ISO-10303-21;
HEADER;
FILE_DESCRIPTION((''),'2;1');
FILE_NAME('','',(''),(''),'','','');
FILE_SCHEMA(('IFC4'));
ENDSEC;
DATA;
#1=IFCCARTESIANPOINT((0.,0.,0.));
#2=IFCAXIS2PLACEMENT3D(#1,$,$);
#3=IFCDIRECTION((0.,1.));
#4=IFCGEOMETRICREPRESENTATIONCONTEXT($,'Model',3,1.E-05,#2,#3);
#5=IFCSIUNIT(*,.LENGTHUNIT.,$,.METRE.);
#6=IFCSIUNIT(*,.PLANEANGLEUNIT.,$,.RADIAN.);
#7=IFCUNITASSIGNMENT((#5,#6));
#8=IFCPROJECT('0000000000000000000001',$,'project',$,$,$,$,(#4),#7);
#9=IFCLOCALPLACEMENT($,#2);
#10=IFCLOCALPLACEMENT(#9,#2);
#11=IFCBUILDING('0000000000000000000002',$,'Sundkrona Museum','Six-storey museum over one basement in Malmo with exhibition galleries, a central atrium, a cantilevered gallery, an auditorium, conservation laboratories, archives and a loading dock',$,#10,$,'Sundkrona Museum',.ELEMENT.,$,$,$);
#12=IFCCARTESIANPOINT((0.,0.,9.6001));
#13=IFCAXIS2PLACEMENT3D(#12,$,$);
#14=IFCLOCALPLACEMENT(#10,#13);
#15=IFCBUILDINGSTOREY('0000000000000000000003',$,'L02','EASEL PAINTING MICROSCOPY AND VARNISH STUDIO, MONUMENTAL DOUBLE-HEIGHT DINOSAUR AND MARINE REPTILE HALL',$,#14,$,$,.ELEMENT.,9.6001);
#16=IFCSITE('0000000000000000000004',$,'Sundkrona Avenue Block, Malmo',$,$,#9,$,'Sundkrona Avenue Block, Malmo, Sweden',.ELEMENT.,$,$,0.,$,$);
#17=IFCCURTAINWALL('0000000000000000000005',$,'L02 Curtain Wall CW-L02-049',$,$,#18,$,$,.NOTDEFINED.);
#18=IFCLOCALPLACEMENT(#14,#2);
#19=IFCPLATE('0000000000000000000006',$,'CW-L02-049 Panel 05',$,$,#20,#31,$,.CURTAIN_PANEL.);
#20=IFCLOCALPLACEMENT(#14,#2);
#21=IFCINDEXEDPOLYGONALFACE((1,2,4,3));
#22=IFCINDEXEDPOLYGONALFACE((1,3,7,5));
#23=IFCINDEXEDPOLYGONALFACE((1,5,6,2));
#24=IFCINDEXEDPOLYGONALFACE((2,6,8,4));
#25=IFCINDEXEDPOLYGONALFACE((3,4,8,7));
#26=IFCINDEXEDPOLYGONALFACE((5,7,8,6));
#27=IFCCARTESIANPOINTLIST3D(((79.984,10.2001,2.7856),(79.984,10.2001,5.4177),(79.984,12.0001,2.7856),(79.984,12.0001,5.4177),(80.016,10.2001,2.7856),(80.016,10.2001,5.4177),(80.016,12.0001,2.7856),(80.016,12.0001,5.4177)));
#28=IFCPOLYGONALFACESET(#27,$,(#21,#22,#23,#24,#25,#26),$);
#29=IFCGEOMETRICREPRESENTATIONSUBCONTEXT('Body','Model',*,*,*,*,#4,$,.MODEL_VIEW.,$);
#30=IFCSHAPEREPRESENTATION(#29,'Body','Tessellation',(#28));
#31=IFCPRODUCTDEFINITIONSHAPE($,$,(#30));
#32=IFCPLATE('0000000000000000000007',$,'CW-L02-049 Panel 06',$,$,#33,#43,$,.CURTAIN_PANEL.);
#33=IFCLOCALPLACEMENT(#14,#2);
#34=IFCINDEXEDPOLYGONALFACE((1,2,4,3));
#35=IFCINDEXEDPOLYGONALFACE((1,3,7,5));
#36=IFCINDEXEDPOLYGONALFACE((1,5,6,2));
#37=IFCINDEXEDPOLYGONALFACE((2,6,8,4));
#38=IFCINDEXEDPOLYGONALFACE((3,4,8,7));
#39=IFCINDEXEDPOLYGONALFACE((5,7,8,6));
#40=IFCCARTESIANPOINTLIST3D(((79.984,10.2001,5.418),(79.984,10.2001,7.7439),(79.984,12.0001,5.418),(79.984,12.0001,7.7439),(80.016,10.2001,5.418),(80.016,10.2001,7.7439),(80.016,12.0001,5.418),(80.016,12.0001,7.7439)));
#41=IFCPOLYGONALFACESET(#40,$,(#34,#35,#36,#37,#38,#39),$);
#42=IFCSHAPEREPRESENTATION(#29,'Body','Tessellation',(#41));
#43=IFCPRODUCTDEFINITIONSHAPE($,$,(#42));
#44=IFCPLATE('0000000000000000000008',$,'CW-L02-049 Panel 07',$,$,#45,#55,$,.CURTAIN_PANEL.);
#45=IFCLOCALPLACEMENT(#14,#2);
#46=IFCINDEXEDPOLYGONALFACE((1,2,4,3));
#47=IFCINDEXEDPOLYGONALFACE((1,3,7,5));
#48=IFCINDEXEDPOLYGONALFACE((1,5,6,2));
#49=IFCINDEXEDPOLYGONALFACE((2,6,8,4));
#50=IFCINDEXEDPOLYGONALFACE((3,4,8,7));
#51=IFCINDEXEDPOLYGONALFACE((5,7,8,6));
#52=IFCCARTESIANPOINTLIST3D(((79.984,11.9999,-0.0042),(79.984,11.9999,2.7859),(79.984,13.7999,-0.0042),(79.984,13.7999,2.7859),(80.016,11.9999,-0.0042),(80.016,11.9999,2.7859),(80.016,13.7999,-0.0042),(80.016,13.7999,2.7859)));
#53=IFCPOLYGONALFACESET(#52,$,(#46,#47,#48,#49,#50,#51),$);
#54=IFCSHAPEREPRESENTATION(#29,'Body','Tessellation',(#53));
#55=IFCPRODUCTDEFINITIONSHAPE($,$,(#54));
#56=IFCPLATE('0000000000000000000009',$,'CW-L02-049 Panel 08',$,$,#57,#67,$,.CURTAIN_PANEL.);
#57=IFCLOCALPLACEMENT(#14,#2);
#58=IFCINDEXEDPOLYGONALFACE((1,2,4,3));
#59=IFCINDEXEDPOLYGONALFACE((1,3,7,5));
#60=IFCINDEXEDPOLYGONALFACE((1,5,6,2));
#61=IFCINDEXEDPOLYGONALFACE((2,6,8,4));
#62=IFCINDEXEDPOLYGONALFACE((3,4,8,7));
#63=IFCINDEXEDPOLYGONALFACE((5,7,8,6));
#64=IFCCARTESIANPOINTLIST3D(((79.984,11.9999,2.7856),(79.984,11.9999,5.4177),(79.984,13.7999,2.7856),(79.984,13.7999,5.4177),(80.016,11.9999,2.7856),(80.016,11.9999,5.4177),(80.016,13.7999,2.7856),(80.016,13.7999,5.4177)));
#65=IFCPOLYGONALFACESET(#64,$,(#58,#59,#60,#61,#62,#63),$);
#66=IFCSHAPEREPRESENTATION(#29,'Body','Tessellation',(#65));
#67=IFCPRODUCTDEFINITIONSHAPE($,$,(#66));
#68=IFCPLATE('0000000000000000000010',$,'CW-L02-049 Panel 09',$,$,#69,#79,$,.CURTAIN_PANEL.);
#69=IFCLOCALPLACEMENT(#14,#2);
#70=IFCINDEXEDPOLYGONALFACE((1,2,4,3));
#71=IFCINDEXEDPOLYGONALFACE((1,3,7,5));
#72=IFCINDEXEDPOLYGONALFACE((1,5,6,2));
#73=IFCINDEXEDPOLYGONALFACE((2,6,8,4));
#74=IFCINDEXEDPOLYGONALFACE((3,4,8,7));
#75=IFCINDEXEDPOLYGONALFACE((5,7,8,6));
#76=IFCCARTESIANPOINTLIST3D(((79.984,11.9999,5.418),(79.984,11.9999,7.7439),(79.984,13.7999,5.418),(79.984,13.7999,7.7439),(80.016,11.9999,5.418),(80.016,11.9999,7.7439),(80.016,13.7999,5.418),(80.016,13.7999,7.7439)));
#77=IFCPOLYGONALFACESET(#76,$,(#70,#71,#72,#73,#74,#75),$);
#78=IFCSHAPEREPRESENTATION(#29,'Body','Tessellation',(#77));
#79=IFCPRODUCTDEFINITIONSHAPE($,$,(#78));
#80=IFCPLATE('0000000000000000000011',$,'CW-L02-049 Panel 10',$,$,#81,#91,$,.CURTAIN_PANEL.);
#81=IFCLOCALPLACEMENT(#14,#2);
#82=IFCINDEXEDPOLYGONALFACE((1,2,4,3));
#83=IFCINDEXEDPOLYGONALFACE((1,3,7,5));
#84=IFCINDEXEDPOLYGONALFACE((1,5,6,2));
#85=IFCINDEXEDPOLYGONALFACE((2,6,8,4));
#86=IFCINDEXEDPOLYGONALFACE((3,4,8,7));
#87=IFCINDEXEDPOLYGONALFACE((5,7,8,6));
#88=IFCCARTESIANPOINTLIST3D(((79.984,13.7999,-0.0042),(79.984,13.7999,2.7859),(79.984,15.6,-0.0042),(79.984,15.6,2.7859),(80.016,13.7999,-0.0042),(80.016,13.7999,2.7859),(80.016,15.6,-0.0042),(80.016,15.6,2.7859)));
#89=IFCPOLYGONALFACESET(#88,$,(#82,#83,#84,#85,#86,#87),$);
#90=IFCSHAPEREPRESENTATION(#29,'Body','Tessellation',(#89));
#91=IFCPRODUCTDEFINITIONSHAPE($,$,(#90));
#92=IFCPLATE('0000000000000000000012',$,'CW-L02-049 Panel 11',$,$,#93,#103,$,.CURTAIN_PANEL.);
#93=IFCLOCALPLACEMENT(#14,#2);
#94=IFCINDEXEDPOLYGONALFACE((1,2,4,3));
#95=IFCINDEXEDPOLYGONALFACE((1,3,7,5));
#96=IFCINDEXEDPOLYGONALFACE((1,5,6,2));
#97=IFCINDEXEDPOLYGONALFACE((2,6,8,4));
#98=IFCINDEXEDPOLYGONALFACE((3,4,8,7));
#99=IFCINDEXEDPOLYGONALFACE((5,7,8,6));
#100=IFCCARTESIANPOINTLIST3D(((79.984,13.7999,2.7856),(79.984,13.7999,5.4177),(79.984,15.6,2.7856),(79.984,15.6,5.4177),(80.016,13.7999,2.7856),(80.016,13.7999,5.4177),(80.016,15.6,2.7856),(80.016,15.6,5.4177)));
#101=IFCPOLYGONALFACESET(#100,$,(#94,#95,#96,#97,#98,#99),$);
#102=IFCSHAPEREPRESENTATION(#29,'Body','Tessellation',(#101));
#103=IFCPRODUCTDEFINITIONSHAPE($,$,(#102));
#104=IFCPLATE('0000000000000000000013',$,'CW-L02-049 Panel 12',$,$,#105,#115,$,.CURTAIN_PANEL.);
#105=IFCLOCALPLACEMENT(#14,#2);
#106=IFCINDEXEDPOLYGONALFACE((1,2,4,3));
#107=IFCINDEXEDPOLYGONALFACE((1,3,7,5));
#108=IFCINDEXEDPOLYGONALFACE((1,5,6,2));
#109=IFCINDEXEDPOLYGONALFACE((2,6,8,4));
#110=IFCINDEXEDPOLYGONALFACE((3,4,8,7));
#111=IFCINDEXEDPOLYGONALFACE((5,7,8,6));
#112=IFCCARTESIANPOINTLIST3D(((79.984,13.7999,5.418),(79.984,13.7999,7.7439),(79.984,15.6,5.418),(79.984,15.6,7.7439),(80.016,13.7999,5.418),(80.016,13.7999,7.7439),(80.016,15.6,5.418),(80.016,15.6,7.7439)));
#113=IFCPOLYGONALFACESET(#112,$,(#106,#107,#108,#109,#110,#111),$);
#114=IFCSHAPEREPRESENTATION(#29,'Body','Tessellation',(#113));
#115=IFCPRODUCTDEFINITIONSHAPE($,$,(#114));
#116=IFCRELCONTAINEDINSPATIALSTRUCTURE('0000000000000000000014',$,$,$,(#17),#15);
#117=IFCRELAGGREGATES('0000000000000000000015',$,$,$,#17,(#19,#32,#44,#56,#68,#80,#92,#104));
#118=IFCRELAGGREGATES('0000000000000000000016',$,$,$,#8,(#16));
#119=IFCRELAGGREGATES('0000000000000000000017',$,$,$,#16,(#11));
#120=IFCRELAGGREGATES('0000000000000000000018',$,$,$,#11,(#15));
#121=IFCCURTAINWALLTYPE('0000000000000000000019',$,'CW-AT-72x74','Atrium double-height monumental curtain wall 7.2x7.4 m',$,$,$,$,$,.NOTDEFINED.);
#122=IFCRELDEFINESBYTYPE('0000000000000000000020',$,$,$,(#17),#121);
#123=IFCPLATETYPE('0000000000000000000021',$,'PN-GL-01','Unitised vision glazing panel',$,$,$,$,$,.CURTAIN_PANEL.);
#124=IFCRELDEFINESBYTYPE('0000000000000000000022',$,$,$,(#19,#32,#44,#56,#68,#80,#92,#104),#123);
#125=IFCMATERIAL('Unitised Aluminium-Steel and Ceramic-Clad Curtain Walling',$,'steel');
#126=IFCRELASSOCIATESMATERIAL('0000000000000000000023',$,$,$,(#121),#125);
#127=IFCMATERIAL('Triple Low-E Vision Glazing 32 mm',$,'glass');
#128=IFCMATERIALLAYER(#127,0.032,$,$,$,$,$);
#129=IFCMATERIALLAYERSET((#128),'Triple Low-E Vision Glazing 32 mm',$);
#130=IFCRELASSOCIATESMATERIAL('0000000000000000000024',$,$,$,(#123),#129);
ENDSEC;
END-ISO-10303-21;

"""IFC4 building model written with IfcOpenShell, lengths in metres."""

from ifc_helpers import new_model, si_unit, direction, frame, origin, origin_2d, place, context, subcontext, project, spatial, rectangle, extrude, material, layer, layer_set, type_object, element, aggregate, save


model = new_model("IFC4")

# Units and contexts
model_context = context("Model", 3, precision=1e-05, world=origin(), true_north=direction((0.0, 1.0)))
body_context = subcontext(model_context, "Body", "Model", "MODEL_VIEW")
ifc_project = project(units=[si_unit("LENGTHUNIT", "METRE"), si_unit("PLANEANGLEUNIT", "RADIAN")], contexts=[model_context])

# Site, building, storey
site_placement = place(None, origin())
site = spatial("IfcSite", under=ifc_project, at=site_placement, Name="Sundkrona Avenue Block, Malmo", LongName="Sundkrona Avenue Block, Malmo, Sweden", CompositionType="ELEMENT", RefElevation=0.0)
building_placement = place(site_placement, origin())
building = spatial("IfcBuilding", under=site, at=building_placement, Name="Sundkrona Museum", Description="Six-storey museum over one basement in Malmo with exhibition galleries, a central atrium, a cantilevered gallery, an auditorium, conservation laboratories, archives and a loading dock", LongName="Sundkrona Museum", CompositionType="ELEMENT")
storey_placement = place(building_placement, frame((0.0, 0.0, 9.6001)))
storey = spatial("IfcBuildingStorey", under=building, at=storey_placement, Name="L02", Description="EASEL PAINTING MICROSCOPY AND VARNISH STUDIO, MONUMENTAL DOUBLE-HEIGHT DINOSAUR AND MARINE REPTILE HALL", CompositionType="ELEMENT", Elevation=9.6001)

# Curtain wall
ifc_material_1 = material(Name="Unitised Aluminium-Steel and Ceramic-Clad Curtain Walling", Category="steel")
curtain_wall_type = type_object("IfcCurtainWallType", Name="CW-AT-72x74", Description="Atrium double-height monumental curtain wall 7.2x7.4 m", PredefinedType="NOTDEFINED", material=ifc_material_1)
curtain_wall_1_placement = place(storey_placement, origin())
curtain_wall_1 = element("IfcCurtainWall", 1, at=curtain_wall_1_placement, inside=storey, type_object=curtain_wall_type, Name="L02 Curtain Wall CW-L02-049", PredefinedType="NOTDEFINED")

# Plates
ifc_material_2 = material(Name="Triple Low-E Vision Glazing 32 mm", Category="glass")
ifc_layer = layer(ifc_material_2, 0.032)
ifc_layer_set = layer_set([ifc_layer], Name="Triple Low-E Vision Glazing 32 mm")
plate_type = type_object("IfcPlateType", Name="PN-GL-01", Description="Unitised vision glazing panel", PredefinedType="CURTAIN_PANEL", material=ifc_layer_set)
plate_1_placement = place(storey_placement, frame((80.0, 11.1001, 2.7856), z_axis=(0.0, 0.0, 1.0), x_axis=(0.0, 1.0, 0.0)))
plate_1 = element("IfcPlate", 2, at=plate_1_placement, type_object=plate_type, Name="CW-L02-049 Panel 05", PredefinedType="CURTAIN_PANEL", context=body_context, shape_type="SweptSolid", body=[
    extrude(rectangle(XDim=1.8, YDim=0.032, at=origin_2d()), origin(), (0.0, 0.0, 1.0), 2.6321),
])
plate_2_placement = place(storey_placement, frame((80.0, 11.1001, 5.418), z_axis=(0.0, 0.0, 1.0), x_axis=(0.0, 1.0, 0.0)))
plate_2 = element("IfcPlate", 3, at=plate_2_placement, type_object=plate_type, Name="CW-L02-049 Panel 06", PredefinedType="CURTAIN_PANEL", context=body_context, shape_type="SweptSolid", body=[
    extrude(rectangle(XDim=1.8, YDim=0.032, at=origin_2d()), origin(), (0.0, 0.0, 1.0), 2.3259),
])
plate_3_placement = place(storey_placement, frame((80.0, 12.8999, -0.0042), z_axis=(0.0, 0.0, 1.0), x_axis=(0.0, 1.0, 0.0)))
plate_3 = element("IfcPlate", 4, at=plate_3_placement, type_object=plate_type, Name="CW-L02-049 Panel 07", PredefinedType="CURTAIN_PANEL", context=body_context, shape_type="SweptSolid", body=[
    extrude(rectangle(XDim=1.8, YDim=0.032, at=origin_2d()), origin(), (0.0, 0.0, 1.0), 2.79),
])
plate_4_placement = place(storey_placement, frame((80.0, 12.8999, 2.7856), z_axis=(0.0, 0.0, 1.0), x_axis=(0.0, 1.0, 0.0)))
plate_4 = element("IfcPlate", 5, at=plate_4_placement, type_object=plate_type, Name="CW-L02-049 Panel 08", PredefinedType="CURTAIN_PANEL", context=body_context, shape_type="SweptSolid", body=[
    extrude(rectangle(XDim=1.8, YDim=0.032, at=origin_2d()), origin(), (0.0, 0.0, 1.0), 2.6321),
])
plate_5_placement = place(storey_placement, frame((80.0, 12.8999, 5.418), z_axis=(0.0, 0.0, 1.0), x_axis=(0.0, 1.0, 0.0)))
plate_5 = element("IfcPlate", 6, at=plate_5_placement, type_object=plate_type, Name="CW-L02-049 Panel 09", PredefinedType="CURTAIN_PANEL", context=body_context, shape_type="SweptSolid", body=[
    extrude(rectangle(XDim=1.8, YDim=0.032, at=origin_2d()), origin(), (0.0, 0.0, 1.0), 2.3259),
])
plate_6_placement = place(storey_placement, frame((80.0, 14.7, -0.0042), z_axis=(0.0, 0.0, 1.0), x_axis=(0.0, 1.0, 0.0)))
plate_6 = element("IfcPlate", 7, at=plate_6_placement, type_object=plate_type, Name="CW-L02-049 Panel 10", PredefinedType="CURTAIN_PANEL", context=body_context, shape_type="SweptSolid", body=[
    extrude(rectangle(XDim=1.8, YDim=0.032, at=origin_2d()), origin(), (0.0, 0.0, 1.0), 2.79),
])
plate_7_placement = place(storey_placement, frame((80.0, 14.7, 2.7856), z_axis=(0.0, 0.0, 1.0), x_axis=(0.0, 1.0, 0.0)))
plate_7 = element("IfcPlate", 8, at=plate_7_placement, type_object=plate_type, Name="CW-L02-049 Panel 11", PredefinedType="CURTAIN_PANEL", context=body_context, shape_type="SweptSolid", body=[
    extrude(rectangle(XDim=1.8, YDim=0.032, at=origin_2d()), origin(), (0.0, 0.0, 1.0), 2.6321),
])
plate_8_placement = place(storey_placement, frame((80.0, 14.7, 5.418), z_axis=(0.0, 0.0, 1.0), x_axis=(0.0, 1.0, 0.0)))
plate_8 = element("IfcPlate", 9, at=plate_8_placement, type_object=plate_type, Name="CW-L02-049 Panel 12", PredefinedType="CURTAIN_PANEL", context=body_context, shape_type="SweptSolid", body=[
    extrude(rectangle(XDim=1.8, YDim=0.032, at=origin_2d()), origin(), (0.0, 0.0, 1.0), 2.3259),
])
aggregate(curtain_wall_1, [plate_1, plate_2, plate_3, plate_4, plate_5, plate_6, plate_7, plate_8])

save(model, "model.ifc")
